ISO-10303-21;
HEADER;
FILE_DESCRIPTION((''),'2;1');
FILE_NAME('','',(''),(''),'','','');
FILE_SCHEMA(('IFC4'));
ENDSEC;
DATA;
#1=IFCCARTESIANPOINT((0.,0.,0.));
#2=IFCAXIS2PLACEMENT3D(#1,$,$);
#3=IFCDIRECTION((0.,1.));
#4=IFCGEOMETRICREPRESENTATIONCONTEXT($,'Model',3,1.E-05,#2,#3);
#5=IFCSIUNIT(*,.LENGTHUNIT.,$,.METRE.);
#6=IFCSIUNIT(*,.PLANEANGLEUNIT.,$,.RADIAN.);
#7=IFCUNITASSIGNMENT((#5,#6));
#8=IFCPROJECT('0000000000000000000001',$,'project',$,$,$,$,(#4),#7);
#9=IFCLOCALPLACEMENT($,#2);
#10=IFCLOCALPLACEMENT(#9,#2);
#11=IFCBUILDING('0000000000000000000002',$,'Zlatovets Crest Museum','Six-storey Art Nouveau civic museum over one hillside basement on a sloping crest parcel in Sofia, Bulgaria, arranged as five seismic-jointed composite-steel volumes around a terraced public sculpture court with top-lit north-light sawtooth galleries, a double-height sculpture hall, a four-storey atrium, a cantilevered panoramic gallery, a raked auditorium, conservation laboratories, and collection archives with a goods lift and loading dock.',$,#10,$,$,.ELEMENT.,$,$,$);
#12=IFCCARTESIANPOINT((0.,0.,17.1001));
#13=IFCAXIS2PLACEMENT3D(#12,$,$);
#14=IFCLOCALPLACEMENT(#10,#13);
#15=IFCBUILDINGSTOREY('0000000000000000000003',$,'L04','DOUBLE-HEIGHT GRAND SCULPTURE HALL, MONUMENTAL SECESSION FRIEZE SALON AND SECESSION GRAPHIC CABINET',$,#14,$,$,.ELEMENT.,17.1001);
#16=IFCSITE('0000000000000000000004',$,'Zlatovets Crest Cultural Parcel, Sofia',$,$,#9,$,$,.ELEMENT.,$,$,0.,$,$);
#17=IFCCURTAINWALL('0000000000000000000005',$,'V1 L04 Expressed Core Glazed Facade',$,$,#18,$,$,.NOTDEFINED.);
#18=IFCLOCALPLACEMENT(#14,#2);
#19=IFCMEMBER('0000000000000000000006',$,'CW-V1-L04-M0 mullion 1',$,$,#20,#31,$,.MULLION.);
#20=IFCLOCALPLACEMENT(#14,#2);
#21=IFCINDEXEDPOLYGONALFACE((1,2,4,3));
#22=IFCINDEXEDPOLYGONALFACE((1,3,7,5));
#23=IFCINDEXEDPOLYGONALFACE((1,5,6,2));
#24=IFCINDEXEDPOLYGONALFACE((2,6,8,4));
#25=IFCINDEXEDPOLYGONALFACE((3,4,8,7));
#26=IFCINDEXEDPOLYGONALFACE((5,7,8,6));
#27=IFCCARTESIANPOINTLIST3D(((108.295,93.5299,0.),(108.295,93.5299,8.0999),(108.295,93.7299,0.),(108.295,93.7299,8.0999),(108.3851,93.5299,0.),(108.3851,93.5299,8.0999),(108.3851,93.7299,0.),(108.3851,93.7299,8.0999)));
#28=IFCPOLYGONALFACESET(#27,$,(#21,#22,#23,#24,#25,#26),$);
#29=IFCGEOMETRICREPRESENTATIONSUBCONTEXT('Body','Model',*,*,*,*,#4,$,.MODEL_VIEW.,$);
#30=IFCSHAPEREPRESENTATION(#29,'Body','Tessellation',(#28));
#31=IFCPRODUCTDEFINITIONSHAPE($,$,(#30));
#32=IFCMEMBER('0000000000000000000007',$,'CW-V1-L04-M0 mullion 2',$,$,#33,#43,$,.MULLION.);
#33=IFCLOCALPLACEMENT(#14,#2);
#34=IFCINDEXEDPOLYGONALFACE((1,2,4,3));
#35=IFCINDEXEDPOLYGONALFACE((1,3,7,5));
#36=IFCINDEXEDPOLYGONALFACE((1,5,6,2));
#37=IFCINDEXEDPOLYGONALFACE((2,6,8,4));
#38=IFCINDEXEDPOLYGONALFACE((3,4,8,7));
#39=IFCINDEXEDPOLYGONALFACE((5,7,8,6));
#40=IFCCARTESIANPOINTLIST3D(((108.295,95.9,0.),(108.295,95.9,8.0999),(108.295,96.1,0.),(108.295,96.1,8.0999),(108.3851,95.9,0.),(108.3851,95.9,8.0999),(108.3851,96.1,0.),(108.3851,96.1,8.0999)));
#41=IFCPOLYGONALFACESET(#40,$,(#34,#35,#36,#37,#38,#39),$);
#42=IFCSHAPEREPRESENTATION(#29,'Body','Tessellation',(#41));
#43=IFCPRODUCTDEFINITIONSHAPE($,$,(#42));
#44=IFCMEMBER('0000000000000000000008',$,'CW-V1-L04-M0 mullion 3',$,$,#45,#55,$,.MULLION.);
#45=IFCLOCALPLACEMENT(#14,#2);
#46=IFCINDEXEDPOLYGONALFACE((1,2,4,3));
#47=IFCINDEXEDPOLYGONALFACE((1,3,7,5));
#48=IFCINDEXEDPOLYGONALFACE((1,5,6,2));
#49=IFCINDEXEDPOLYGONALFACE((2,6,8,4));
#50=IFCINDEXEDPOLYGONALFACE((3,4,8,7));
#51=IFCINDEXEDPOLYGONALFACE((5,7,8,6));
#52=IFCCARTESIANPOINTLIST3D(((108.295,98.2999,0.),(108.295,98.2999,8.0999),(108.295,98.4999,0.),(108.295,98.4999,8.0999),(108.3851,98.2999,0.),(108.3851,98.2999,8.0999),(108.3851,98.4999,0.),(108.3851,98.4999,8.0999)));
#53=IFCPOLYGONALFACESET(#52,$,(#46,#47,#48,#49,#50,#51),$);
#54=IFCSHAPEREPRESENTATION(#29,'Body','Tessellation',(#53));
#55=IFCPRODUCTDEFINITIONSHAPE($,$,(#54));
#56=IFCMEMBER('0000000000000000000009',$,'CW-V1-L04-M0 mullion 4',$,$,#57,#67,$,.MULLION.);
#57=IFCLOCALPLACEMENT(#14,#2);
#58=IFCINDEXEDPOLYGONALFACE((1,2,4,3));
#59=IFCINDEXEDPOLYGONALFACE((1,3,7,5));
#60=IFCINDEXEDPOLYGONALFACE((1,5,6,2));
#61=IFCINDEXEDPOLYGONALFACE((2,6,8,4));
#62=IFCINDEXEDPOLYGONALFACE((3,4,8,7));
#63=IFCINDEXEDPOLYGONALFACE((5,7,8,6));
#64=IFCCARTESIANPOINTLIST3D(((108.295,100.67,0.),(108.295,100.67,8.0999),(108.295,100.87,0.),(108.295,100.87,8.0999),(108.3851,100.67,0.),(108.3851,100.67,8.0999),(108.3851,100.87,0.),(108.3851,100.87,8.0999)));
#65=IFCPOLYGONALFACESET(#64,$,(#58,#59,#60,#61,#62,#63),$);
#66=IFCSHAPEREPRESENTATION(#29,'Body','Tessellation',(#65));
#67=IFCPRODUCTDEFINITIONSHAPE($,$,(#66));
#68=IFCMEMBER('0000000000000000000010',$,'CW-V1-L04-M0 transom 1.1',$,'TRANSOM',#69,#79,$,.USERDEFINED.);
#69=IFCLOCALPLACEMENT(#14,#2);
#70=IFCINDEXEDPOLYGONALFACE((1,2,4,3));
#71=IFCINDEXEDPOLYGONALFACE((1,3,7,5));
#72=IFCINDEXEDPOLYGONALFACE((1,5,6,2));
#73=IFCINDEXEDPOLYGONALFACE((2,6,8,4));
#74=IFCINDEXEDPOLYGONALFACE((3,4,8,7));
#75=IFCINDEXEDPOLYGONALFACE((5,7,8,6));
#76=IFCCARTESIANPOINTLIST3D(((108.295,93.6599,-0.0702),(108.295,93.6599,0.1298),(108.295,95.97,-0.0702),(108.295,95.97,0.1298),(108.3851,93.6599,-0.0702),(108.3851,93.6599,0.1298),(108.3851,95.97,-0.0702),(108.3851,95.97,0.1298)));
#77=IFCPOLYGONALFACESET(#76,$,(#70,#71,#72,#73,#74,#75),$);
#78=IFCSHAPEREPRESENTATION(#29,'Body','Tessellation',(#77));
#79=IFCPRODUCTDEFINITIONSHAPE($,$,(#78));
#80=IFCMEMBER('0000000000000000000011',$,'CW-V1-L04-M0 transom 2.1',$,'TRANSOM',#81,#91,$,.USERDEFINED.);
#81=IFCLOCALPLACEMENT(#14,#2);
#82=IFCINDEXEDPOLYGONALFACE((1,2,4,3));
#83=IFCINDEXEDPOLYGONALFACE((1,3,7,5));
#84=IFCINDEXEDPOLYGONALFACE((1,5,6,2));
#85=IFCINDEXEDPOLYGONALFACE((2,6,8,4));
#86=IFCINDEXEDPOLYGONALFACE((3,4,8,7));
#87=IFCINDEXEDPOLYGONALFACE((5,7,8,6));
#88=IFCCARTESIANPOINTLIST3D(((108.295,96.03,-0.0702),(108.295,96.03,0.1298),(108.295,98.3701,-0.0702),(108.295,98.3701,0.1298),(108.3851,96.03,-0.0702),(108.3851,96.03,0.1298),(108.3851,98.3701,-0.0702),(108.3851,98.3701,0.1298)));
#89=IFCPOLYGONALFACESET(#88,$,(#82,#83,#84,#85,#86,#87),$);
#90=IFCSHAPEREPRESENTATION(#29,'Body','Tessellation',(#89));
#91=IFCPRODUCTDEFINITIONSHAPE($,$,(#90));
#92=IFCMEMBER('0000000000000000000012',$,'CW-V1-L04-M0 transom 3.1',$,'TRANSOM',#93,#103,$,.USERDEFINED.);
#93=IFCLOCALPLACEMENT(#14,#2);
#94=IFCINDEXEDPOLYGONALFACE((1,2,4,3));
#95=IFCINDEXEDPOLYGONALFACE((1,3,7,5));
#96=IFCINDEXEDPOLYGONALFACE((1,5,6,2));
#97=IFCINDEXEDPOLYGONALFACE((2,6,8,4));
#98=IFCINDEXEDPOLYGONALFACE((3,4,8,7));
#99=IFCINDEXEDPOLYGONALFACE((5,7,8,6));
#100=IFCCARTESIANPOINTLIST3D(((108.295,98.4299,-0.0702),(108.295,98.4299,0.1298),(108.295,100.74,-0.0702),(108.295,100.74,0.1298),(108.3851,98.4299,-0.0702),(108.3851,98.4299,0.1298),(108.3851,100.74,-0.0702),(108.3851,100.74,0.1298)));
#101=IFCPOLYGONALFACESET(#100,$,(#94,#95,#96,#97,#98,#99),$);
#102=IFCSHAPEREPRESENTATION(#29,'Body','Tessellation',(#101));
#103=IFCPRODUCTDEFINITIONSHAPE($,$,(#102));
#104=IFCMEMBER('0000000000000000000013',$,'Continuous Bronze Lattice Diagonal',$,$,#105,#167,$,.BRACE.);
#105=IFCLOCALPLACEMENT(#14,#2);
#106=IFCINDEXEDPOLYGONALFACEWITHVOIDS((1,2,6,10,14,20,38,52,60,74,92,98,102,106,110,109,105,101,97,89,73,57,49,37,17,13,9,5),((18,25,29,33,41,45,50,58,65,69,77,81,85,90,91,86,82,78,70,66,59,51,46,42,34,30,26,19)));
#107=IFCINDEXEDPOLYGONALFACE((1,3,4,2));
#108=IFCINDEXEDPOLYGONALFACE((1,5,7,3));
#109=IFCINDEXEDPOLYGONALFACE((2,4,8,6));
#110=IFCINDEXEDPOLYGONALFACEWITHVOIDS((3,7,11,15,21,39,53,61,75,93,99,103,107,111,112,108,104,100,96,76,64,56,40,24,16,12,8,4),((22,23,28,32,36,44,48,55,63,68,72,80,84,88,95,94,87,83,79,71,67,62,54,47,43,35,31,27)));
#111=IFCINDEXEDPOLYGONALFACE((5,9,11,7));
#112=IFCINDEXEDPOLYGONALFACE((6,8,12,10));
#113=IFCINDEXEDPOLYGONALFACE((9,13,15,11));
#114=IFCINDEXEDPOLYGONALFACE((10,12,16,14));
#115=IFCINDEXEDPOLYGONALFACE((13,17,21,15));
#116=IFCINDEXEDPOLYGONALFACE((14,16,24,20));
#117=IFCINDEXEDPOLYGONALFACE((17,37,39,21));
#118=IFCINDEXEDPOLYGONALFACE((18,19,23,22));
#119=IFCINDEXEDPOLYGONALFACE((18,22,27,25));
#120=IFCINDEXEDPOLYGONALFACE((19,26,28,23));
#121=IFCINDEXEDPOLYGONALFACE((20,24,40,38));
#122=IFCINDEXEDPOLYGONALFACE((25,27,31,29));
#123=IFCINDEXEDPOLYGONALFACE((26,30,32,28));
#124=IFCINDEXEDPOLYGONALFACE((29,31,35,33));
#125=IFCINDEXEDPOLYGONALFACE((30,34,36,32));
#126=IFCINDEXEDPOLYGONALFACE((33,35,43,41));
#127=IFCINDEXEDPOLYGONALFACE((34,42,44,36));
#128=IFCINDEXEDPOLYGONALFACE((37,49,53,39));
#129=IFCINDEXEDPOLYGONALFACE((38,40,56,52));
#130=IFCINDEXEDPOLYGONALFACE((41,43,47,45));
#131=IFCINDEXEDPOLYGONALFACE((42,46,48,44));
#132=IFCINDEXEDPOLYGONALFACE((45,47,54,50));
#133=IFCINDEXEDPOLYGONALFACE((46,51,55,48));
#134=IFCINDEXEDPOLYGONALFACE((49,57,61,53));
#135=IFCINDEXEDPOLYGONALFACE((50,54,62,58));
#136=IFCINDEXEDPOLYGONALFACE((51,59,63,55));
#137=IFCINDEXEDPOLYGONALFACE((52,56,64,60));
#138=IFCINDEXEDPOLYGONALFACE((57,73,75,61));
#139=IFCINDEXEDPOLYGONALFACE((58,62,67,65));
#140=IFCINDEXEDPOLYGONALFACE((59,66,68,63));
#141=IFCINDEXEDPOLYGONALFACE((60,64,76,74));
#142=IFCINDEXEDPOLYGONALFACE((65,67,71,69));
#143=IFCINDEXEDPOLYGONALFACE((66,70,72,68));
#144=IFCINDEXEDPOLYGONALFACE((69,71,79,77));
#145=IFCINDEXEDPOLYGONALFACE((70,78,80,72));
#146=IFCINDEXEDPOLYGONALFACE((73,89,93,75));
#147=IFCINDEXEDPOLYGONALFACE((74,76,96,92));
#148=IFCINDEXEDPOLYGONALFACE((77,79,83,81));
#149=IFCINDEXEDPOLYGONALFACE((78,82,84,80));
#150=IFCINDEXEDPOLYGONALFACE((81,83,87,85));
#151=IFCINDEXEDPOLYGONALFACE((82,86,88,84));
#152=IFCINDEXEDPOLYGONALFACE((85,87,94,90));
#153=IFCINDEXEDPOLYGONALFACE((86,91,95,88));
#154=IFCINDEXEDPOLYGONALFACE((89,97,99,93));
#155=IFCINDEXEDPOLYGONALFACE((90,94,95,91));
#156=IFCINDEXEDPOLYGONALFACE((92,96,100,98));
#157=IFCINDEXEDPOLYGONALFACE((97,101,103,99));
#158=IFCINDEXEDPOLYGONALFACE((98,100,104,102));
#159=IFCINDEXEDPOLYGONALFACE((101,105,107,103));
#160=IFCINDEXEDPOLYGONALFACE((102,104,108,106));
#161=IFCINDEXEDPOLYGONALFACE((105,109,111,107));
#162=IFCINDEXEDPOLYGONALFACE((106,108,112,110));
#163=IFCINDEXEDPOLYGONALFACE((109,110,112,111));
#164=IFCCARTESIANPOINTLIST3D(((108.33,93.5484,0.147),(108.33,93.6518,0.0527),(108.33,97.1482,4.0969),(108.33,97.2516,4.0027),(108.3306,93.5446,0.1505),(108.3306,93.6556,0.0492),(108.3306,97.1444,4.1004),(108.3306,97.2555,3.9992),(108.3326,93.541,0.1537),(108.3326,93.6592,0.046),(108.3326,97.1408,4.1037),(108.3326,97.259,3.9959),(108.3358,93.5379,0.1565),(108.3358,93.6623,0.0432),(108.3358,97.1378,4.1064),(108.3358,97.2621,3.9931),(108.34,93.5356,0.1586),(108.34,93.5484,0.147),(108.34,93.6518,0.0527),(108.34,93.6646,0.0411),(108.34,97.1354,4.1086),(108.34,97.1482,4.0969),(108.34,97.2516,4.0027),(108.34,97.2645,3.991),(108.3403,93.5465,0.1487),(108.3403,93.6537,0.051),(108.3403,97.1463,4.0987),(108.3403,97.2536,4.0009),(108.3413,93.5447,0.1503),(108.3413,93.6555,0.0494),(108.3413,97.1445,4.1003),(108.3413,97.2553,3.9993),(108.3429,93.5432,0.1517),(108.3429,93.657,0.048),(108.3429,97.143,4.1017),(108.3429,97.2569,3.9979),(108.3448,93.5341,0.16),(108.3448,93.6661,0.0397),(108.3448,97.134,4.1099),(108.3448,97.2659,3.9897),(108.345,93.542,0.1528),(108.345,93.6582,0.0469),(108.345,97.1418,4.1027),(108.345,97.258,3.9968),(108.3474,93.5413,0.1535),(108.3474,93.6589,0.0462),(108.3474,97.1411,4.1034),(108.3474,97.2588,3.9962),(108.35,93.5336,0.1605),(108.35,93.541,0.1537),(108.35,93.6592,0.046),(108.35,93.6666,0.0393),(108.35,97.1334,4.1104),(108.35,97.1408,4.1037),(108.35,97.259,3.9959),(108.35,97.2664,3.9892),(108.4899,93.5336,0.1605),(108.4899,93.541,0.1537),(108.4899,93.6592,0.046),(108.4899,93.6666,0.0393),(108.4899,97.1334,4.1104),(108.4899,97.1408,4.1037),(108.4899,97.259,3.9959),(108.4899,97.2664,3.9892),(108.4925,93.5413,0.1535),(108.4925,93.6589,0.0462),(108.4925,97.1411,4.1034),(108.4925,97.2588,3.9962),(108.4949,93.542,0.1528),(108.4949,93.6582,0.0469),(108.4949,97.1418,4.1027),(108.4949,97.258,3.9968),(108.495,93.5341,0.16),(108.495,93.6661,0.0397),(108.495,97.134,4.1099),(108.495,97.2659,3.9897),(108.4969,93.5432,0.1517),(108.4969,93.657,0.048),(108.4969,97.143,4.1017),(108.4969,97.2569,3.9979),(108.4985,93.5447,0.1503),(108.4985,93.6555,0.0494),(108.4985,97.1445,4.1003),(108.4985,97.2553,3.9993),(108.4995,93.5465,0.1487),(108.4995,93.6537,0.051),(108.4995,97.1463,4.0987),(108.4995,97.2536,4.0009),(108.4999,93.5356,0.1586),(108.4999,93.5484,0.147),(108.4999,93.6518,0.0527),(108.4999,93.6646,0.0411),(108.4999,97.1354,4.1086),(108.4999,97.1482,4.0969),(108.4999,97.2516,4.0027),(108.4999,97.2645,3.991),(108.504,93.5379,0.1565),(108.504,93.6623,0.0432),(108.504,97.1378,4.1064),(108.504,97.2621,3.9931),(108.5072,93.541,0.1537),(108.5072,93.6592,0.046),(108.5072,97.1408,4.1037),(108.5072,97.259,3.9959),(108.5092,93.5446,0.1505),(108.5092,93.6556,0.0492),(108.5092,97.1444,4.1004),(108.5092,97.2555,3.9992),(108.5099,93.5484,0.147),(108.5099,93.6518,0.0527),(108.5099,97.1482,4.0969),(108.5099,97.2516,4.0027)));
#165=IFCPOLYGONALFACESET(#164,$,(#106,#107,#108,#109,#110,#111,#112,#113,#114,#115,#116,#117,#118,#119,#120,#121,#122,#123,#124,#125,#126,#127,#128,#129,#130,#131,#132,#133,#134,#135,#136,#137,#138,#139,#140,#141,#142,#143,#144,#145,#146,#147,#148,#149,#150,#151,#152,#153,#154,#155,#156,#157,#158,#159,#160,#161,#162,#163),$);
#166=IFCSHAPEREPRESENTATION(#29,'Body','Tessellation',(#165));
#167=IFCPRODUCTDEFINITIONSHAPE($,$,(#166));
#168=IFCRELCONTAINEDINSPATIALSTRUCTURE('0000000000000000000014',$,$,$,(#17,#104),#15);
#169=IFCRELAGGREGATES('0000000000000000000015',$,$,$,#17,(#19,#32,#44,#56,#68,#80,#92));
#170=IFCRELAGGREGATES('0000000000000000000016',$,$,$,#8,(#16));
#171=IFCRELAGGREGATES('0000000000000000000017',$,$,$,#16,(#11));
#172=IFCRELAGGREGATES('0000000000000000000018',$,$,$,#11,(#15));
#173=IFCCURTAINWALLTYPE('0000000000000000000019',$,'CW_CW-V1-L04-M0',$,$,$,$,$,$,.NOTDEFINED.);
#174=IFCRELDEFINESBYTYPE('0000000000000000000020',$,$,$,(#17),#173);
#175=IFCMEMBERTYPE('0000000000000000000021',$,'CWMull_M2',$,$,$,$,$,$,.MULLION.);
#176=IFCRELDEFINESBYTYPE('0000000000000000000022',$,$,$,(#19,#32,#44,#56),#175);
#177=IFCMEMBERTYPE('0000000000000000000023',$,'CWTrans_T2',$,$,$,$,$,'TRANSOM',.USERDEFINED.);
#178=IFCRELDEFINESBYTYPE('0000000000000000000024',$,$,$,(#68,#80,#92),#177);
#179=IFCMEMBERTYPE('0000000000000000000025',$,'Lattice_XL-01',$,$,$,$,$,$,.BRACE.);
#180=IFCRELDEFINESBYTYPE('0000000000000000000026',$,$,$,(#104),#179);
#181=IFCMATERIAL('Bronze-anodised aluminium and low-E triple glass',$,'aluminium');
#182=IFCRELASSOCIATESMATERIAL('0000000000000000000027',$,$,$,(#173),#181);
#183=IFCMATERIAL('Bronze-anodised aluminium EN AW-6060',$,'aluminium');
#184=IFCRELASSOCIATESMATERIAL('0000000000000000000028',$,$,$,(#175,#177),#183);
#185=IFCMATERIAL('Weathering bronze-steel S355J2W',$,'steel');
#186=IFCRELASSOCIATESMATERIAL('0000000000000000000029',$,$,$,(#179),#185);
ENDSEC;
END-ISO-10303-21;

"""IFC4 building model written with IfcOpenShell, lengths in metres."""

from ifc_helpers import new_model, si_unit, direction, frame, origin, origin_2d, place, context, subcontext, project, spatial, rectangle, hollow_rectangle, extrude, material, material_profile, profile_set, type_object, element, aggregate, save


model = new_model("IFC4")

# Units and contexts
model_context = context("Model", 3, precision=1e-05, world=origin(), true_north=direction((0.0, 1.0)))
body_context = subcontext(model_context, "Body", "Model", "MODEL_VIEW")
ifc_project = project(units=[si_unit("LENGTHUNIT", "METRE"), si_unit("PLANEANGLEUNIT", "RADIAN")], contexts=[model_context])

# Site, building, storey
site_placement = place(None, origin())
site = spatial("IfcSite", under=ifc_project, at=site_placement, Name="Zlatovets Crest Cultural Parcel, Sofia", CompositionType="ELEMENT", RefElevation=0.0)
building_placement = place(site_placement, origin())
building = spatial("IfcBuilding", under=site, at=building_placement, Name="Zlatovets Crest Museum", Description="Six-storey Art Nouveau civic museum over one hillside basement on a sloping crest parcel in Sofia, Bulgaria, arranged as five seismic-jointed composite-steel volumes around a terraced public sculpture court with top-lit north-light sawtooth galleries, a double-height sculpture hall, a four-storey atrium, a cantilevered panoramic gallery, a raked auditorium, conservation laboratories, and collection archives with a goods lift and loading dock.", CompositionType="ELEMENT")
storey_placement = place(building_placement, frame((0.0, 0.0, 17.1001)))
storey = spatial("IfcBuildingStorey", under=building, at=storey_placement, Name="L04", Description="DOUBLE-HEIGHT GRAND SCULPTURE HALL, MONUMENTAL SECESSION FRIEZE SALON AND SECESSION GRAPHIC CABINET", CompositionType="ELEMENT", Elevation=17.1001)

# Curtain wall, members
ifc_material_1 = material(Name="Bronze-anodised aluminium and low-E triple glass", Category="aluminium")
curtain_wall_type = type_object("IfcCurtainWallType", Name="CW_CW-V1-L04-M0", PredefinedType="NOTDEFINED", material=ifc_material_1)
curtain_wall_placement = place(storey_placement, origin())
curtain_wall = element("IfcCurtainWall", 1, at=curtain_wall_placement, inside=storey, type_object=curtain_wall_type, Name="V1 L04 Expressed Core Glazed Facade", PredefinedType="NOTDEFINED")
ifc_material_2 = material(Name="Bronze-anodised aluminium EN AW-6060", Category="aluminium")
ifc_material_profile_1 = material_profile(ifc_material_2, rectangle(XDim=0.0901, YDim=0.2, at=origin_2d()), Name="ALU 90x200")
ifc_profile_set_1 = profile_set([ifc_material_profile_1], Name="Bronze-anodised aluminium EN AW-6060")
member_type_1 = type_object("IfcMemberType", Name="CWMull_M2", PredefinedType="MULLION", material=ifc_profile_set_1)
member_1_placement = place(storey_placement, frame((108.3401, 93.6299, 0.0), z_axis=(0.0, 0.0, 1.0), x_axis=(-1.0, 0.0, 0.0)))
member_1 = element("IfcMember", 2, at=member_1_placement, type_object=member_type_1, Name="CW-V1-L04-M0 mullion 1", PredefinedType="MULLION", context=body_context, shape_type="SweptSolid", body=[
    extrude(rectangle(XDim=0.0901, YDim=0.2, at=origin_2d()), origin(), (0.0, 0.0, 1.0), 8.0999),
])
member_2_placement = place(storey_placement, frame((108.3401, 96.0, 0.0), z_axis=(0.0, 0.0, 1.0), x_axis=(-1.0, 0.0, 0.0)))
member_2 = element("IfcMember", 3, at=member_2_placement, type_object=member_type_1, Name="CW-V1-L04-M0 mullion 2", PredefinedType="MULLION", context=body_context, shape_type="SweptSolid", body=[
    extrude(rectangle(XDim=0.0901, YDim=0.2, at=origin_2d()), origin(), (0.0, 0.0, 1.0), 8.0999),
])
member_3_placement = place(storey_placement, frame((108.3401, 98.3999, 0.0), z_axis=(0.0, 0.0, 1.0), x_axis=(-1.0, 0.0, 0.0)))
member_3 = element("IfcMember", 4, at=member_3_placement, type_object=member_type_1, Name="CW-V1-L04-M0 mullion 3", PredefinedType="MULLION", context=body_context, shape_type="SweptSolid", body=[
    extrude(rectangle(XDim=0.0901, YDim=0.2, at=origin_2d()), origin(), (0.0, 0.0, 1.0), 8.0999),
])
member_4_placement = place(storey_placement, frame((108.3401, 100.77, 0.0), z_axis=(0.0, 0.0, 1.0), x_axis=(-1.0, 0.0, 0.0)))
member_4 = element("IfcMember", 5, at=member_4_placement, type_object=member_type_1, Name="CW-V1-L04-M0 mullion 4", PredefinedType="MULLION", context=body_context, shape_type="SweptSolid", body=[
    extrude(rectangle(XDim=0.0901, YDim=0.2, at=origin_2d()), origin(), (0.0, 0.0, 1.0), 8.0999),
])
ifc_material_profile_2 = material_profile(ifc_material_2, rectangle(XDim=0.0901, YDim=0.2, at=origin_2d()), Name="ALU 90x200")
ifc_profile_set_2 = profile_set([ifc_material_profile_2], Name="Bronze-anodised aluminium EN AW-6060")
member_type_2 = type_object("IfcMemberType", Name="CWTrans_T2", ElementType="TRANSOM", PredefinedType="USERDEFINED", material=ifc_profile_set_2)
member_5_placement = place(storey_placement, frame((108.3401, 93.6599, 0.0298), z_axis=(0.0, 1.0, 0.0), x_axis=(-1.0, 0.0, 0.0)))
member_5 = element("IfcMember", 6, at=member_5_placement, type_object=member_type_2, Name="CW-V1-L04-M0 transom 1.1", ObjectType="TRANSOM", PredefinedType="USERDEFINED", context=body_context, shape_type="SweptSolid", body=[
    extrude(rectangle(XDim=0.0901, YDim=0.2, at=origin_2d()), origin(), (0.0, 0.0, 1.0), 2.3101),
])
member_6_placement = place(storey_placement, frame((108.3401, 96.03, 0.0298), z_axis=(0.0, 1.0, 0.0), x_axis=(-1.0, 0.0, 0.0)))
member_6 = element("IfcMember", 7, at=member_6_placement, type_object=member_type_2, Name="CW-V1-L04-M0 transom 2.1", ObjectType="TRANSOM", PredefinedType="USERDEFINED", context=body_context, shape_type="SweptSolid", body=[
    extrude(rectangle(XDim=0.0901, YDim=0.2, at=origin_2d()), origin(), (0.0, 0.0, 1.0), 2.3401),
])
member_7_placement = place(storey_placement, frame((108.3401, 98.4299, 0.0298), z_axis=(0.0, 1.0, 0.0), x_axis=(-1.0, 0.0, 0.0)))
member_7 = element("IfcMember", 8, at=member_7_placement, type_object=member_type_2, Name="CW-V1-L04-M0 transom 3.1", ObjectType="TRANSOM", PredefinedType="USERDEFINED", context=body_context, shape_type="SweptSolid", body=[
    extrude(rectangle(XDim=0.0901, YDim=0.2, at=origin_2d()), origin(), (0.0, 0.0, 1.0), 2.3101),
])

# Member
ifc_material_3 = material(Name="Weathering bronze-steel S355J2W", Category="steel")
ifc_material_profile_3 = material_profile(ifc_material_3, hollow_rectangle(XDim=0.1799, YDim=0.1799, WallThickness=0.01, InnerFilletRadius=0.01, OuterFilletRadius=0.02, at=origin_2d()), Name="SHS 180x180x10.0")
ifc_profile_set_3 = profile_set([ifc_material_profile_3], Name="Weathering bronze-steel S355J2W")
member_type_3 = type_object("IfcMemberType", Name="Lattice_XL-01", PredefinedType="BRACE", material=ifc_profile_set_3)
member_8_placement = place(storey_placement, frame((108.4199, 93.6001, 0.0999), z_axis=(0.0, 0.673593, 0.739102), x_axis=(-1.0, 0.0, 0.0)))
element("IfcMember", 9, at=member_8_placement, inside=storey, type_object=member_type_3, Name="Continuous Bronze Lattice Diagonal", PredefinedType="BRACE", context=body_context, shape_type="SweptSolid", body=[
    extrude(hollow_rectangle(XDim=0.1799, YDim=0.1799, WallThickness=0.01, InnerFilletRadius=0.01, OuterFilletRadius=0.02, at=origin_2d()), origin(), (0.0, 0.0, 1.0), 5.3442),
])

aggregate(curtain_wall, [member_1, member_2, member_3, member_4, member_5, member_6, member_7])

save(model, "model.ifc")
